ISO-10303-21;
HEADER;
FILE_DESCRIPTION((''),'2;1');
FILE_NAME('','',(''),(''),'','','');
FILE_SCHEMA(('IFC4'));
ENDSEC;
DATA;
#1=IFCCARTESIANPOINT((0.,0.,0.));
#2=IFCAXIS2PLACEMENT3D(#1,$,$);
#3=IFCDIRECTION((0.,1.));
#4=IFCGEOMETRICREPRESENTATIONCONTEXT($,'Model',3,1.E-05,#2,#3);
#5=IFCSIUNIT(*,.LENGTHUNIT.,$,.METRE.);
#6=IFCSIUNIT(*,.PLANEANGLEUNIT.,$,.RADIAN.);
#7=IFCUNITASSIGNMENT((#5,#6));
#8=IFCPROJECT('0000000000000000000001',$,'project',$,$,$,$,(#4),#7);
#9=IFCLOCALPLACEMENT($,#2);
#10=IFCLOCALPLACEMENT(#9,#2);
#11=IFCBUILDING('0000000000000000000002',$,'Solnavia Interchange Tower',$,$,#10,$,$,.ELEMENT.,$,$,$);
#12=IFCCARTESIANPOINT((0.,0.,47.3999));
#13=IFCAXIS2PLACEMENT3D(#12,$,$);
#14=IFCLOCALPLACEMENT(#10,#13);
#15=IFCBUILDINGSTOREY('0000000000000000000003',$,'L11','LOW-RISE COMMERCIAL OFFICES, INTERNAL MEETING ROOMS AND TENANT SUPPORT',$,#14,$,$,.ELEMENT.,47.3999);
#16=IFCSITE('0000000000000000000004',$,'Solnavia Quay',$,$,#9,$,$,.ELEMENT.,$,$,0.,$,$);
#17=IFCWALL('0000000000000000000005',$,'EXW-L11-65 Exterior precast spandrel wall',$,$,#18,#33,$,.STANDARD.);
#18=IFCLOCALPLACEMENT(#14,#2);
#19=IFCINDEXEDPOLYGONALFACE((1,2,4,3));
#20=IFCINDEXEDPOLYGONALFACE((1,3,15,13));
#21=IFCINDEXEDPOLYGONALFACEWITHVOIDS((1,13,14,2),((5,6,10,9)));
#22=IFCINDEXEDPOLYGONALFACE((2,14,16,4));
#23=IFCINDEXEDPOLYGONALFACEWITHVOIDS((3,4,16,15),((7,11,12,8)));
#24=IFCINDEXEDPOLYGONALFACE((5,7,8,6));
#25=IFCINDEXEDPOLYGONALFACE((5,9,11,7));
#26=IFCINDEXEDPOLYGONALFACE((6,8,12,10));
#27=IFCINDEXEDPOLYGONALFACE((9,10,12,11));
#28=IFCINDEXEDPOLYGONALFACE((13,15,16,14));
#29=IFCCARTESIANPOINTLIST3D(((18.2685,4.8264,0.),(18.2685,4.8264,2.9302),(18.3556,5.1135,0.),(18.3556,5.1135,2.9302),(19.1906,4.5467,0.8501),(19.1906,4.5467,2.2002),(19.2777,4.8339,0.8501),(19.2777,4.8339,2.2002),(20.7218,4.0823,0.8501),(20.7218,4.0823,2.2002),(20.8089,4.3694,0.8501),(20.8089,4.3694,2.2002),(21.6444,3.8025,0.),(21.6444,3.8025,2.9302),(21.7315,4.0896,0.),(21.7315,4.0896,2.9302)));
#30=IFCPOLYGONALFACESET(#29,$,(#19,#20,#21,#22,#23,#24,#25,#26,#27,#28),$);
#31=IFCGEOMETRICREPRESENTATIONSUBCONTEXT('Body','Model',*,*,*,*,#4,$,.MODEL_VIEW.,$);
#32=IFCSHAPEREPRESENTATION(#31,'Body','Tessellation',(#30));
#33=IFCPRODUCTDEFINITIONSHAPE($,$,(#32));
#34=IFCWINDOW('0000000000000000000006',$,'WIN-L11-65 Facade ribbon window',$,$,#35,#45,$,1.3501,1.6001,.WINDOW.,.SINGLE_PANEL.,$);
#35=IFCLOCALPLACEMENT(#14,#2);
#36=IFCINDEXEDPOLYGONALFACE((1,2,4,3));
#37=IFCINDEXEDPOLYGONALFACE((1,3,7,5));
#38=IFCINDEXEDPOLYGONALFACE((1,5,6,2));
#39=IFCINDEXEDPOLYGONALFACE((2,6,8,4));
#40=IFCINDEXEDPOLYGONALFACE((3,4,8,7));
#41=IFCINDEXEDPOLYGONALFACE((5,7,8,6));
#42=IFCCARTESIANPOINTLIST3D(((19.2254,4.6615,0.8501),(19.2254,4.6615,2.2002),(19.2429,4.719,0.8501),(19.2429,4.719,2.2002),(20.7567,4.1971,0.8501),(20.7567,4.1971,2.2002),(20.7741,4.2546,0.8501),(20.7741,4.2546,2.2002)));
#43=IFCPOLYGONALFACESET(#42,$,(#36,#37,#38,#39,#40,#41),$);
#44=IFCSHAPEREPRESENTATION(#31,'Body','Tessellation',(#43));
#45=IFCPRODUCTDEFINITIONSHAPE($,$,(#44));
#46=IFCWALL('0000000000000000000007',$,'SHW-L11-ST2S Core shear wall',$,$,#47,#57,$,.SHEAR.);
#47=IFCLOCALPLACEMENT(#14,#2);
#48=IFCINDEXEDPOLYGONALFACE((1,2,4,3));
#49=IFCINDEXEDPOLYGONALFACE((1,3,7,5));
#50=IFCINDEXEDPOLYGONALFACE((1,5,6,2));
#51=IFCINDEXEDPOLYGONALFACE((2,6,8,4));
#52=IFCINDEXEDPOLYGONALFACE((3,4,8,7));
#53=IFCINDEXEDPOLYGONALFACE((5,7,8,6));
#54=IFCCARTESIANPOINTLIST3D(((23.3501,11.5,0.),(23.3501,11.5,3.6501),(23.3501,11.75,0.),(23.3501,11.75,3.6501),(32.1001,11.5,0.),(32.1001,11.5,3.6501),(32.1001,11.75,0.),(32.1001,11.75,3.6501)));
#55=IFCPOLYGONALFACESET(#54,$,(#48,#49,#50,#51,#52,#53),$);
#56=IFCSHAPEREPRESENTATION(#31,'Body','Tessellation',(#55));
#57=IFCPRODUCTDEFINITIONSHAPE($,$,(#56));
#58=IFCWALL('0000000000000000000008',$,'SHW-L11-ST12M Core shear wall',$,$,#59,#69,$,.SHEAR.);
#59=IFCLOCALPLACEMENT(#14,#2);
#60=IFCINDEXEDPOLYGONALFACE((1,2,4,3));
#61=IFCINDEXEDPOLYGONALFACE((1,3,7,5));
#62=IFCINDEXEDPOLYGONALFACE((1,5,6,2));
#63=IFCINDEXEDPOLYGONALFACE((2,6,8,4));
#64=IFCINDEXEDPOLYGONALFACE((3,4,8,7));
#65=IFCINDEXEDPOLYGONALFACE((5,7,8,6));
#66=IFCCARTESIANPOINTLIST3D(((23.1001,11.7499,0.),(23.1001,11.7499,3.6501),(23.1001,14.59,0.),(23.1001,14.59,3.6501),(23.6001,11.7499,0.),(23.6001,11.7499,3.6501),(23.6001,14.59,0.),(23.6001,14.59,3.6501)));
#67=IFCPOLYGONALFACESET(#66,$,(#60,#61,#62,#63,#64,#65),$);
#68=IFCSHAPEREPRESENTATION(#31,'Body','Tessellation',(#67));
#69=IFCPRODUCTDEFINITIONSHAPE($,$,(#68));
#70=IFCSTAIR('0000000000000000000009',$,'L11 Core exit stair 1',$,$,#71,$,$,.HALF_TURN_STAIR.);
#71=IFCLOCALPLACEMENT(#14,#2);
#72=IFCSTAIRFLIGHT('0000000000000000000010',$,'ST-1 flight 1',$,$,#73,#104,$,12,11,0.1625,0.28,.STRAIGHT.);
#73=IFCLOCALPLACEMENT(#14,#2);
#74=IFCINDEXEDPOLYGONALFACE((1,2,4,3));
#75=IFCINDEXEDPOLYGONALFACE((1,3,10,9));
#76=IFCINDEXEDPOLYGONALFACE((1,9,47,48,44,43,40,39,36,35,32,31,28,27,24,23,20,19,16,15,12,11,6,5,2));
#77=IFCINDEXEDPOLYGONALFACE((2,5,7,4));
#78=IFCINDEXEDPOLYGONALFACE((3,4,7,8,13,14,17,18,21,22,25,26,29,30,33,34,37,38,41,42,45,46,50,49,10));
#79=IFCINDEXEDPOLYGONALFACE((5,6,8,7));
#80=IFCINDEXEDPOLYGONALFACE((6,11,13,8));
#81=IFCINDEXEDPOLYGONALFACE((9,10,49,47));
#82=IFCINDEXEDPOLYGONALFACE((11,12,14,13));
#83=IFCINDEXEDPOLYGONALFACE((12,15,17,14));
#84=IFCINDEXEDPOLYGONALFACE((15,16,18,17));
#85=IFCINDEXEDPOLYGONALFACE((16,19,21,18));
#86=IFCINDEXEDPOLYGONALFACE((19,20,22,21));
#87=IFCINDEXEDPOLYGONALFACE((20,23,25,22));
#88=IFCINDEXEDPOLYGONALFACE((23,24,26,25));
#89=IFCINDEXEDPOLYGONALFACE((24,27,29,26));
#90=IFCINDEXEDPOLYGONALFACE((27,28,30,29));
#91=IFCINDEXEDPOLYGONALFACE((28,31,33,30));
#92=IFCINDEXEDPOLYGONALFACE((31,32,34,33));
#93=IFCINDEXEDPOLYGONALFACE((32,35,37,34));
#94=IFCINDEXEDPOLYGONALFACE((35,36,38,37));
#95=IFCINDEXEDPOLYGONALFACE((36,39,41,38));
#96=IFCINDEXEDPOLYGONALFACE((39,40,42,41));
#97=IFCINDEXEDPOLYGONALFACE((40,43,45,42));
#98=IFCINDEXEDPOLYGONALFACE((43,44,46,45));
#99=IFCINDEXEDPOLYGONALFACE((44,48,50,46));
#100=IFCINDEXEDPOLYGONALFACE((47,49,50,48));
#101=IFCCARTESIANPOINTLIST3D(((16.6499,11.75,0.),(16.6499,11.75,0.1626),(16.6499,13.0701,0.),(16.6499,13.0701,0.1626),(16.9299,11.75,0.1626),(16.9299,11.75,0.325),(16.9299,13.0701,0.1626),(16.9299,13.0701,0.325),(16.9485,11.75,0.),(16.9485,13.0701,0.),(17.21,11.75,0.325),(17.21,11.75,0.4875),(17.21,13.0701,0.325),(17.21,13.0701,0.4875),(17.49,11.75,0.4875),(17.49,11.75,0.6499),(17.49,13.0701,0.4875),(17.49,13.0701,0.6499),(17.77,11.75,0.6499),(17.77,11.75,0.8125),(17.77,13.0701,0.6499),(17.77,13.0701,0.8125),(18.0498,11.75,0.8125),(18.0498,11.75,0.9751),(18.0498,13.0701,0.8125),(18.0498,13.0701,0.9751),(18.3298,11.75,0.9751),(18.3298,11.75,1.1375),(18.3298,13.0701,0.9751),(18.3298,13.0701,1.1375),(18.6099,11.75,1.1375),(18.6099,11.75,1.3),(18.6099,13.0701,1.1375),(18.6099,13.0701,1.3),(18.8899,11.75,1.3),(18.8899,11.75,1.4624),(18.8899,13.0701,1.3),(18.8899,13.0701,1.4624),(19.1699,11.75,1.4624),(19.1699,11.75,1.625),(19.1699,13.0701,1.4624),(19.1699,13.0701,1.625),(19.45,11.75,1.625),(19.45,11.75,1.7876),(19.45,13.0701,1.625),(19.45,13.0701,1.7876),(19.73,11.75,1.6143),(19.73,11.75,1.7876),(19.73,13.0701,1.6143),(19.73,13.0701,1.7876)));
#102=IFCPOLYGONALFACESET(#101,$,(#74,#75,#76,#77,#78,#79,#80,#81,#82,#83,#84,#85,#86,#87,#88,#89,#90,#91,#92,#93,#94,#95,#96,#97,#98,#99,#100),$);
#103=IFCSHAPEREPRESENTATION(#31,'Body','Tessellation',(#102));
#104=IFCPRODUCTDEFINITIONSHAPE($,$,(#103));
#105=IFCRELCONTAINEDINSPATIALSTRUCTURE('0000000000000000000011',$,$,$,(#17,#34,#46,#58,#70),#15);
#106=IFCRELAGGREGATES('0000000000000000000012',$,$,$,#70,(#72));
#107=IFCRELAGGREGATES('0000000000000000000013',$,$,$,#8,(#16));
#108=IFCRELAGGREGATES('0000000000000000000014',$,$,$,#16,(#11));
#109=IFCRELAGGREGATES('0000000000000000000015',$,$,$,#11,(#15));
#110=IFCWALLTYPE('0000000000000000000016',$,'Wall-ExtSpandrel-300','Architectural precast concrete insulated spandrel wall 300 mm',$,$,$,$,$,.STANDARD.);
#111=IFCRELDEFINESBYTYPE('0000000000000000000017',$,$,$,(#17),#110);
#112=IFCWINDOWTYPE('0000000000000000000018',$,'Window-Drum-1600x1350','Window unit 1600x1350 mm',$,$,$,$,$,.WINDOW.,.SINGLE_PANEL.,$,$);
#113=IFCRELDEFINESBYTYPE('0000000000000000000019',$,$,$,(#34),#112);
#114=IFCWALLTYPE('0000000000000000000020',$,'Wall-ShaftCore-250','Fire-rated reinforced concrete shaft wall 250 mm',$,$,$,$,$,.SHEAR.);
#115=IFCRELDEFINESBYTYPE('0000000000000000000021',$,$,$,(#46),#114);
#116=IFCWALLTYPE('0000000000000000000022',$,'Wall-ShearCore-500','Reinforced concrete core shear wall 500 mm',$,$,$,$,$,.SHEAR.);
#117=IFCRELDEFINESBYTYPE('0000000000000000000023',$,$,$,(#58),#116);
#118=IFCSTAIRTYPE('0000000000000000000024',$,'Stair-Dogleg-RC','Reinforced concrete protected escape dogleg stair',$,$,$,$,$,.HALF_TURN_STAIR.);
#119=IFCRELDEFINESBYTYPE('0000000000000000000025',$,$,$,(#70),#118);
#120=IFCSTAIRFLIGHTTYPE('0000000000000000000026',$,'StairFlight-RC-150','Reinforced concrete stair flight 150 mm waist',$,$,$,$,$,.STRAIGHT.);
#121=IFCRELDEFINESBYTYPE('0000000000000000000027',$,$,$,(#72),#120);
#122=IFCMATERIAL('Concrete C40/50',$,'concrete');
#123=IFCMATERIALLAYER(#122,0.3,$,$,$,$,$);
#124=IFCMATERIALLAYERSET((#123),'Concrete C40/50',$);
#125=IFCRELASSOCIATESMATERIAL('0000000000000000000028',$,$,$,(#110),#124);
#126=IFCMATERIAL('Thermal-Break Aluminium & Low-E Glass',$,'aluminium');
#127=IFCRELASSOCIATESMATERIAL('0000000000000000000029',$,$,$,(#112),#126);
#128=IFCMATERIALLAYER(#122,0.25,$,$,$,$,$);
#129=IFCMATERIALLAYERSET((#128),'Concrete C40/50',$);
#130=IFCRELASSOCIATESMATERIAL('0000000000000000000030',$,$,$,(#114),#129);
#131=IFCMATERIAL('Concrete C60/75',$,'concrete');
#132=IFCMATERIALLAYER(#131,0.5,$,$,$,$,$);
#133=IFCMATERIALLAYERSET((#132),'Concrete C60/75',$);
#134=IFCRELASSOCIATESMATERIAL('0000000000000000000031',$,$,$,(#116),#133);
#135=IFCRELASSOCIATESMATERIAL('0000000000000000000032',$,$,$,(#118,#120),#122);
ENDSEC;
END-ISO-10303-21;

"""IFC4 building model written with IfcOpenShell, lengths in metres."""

from ifc_helpers import new_model, si_unit, direction, frame, frame_2d, origin, place, context, subcontext, project, spatial, polyline, rectangle, outline, extrude, material, layer, layer_set, type_object, element, fill, aggregate, save


model = new_model("IFC4")

# Units and contexts
model_context = context("Model", 3, precision=1e-05, world=origin(), true_north=direction((0.0, 1.0)))
body_context = subcontext(model_context, "Body", "Model", "MODEL_VIEW")
ifc_project = project(units=[si_unit("LENGTHUNIT", "METRE"), si_unit("PLANEANGLEUNIT", "RADIAN")], contexts=[model_context])

# Site, building, storey
site_placement = place(None, origin())
site = spatial("IfcSite", under=ifc_project, at=site_placement, Name="Solnavia Quay", CompositionType="ELEMENT", RefElevation=0.0)
building_placement = place(site_placement, origin())
building = spatial("IfcBuilding", under=site, at=building_placement, Name="Solnavia Interchange Tower", CompositionType="ELEMENT")
storey_placement = place(building_placement, frame((0.0, 0.0, 47.3999)))
storey = spatial("IfcBuildingStorey", under=building, at=storey_placement, Name="L11", Description="LOW-RISE COMMERCIAL OFFICES, INTERNAL MEETING ROOMS AND TENANT SUPPORT", CompositionType="ELEMENT", Elevation=47.3999)

# Shared definitions
ifc_material_1 = material(Name="Concrete C60/75", Category="concrete")

# Wall, opening, window
ifc_material_2 = material(Name="Concrete C40/50", Category="concrete")
ifc_layer_1 = layer(ifc_material_2, 0.3)
ifc_layer_set_1 = layer_set([ifc_layer_1], Name="Concrete C40/50")
wall_type_1 = type_object("IfcWallType", Name="Wall-ExtSpandrel-300", Description="Architectural precast concrete insulated spandrel wall 300 mm", PredefinedType="STANDARD", material=ifc_layer_set_1)
ifc_material_3 = material(Name="Thermal-Break Aluminium & Low-E Glass", Category="aluminium")
window_type = type_object("IfcWindowType", Name="Window-Drum-1600x1350", Description="Window unit 1600x1350 mm", PartitioningType="SINGLE_PANEL", PredefinedType="WINDOW", material=ifc_material_3)
wall_1_placement = place(storey_placement, frame((21.688, 3.946, 0.0), z_axis=(0.0, 0.0, 1.0), x_axis=(-0.956953, 0.290242, 0.0)))
wall_1 = element("IfcWall", 1, at=wall_1_placement, inside=storey, type_object=wall_type_1, Name="EXW-L11-65 Exterior precast spandrel wall", PredefinedType="STANDARD", context=body_context, shape_type="SweptSolid", body=[
    extrude(rectangle(XDim=3.5278, YDim=0.3, at=frame_2d((1.7639, 0.0))), origin(), (0.0, 0.0, 1.0), 2.9302),
])
opening_1_placement = place(wall_1_placement, frame((0.9641, 0.0, 0.8501)))
opening_1 = element("IfcOpeningElement", 2, at=opening_1_placement, cuts=wall_1, PredefinedType="OPENING", context=body_context, shape_type="SweptSolid", body=[
    extrude(rectangle(XDim=1.6001, YDim=1.3501, at=frame_2d((0.8, 0.675))), frame((0.0, 0.1602, 0.0), z_axis=(0.0, -1.0, 0.0), x_axis=(1.0, 0.0, 0.0)), (0.0, 0.0, 1.0), 0.3201),
])
window_1_placement = place(opening_1_placement, origin())
window_1 = element("IfcWindow", 3, at=window_1_placement, inside=storey, type_object=window_type, Name="WIN-L11-65 Facade ribbon window", OverallHeight=1.3501, OverallWidth=1.6001, PartitioningType="SINGLE_PANEL", PredefinedType="WINDOW", context=body_context, shape_type="SweptSolid", body=[
    extrude(rectangle(XDim=1.6001, YDim=1.3501, at=frame_2d((0.8, 0.675))), frame((0.0, 0.03, 0.0), z_axis=(0.0, -1.0, 0.0), x_axis=(1.0, 0.0, 0.0)), (0.0, 0.0, 1.0), 0.0601),
])
fill(opening_1, window_1)

# Walls
ifc_layer_2 = layer(ifc_material_2, 0.25)
ifc_layer_set_2 = layer_set([ifc_layer_2], Name="Concrete C40/50")
wall_type_2 = type_object("IfcWallType", Name="Wall-ShaftCore-250", Description="Fire-rated reinforced concrete shaft wall 250 mm", PredefinedType="SHEAR", material=ifc_layer_set_2)
wall_2_placement = place(storey_placement, frame((23.3501, 11.625, 0.0), z_axis=(0.0, 0.0, 1.0), x_axis=(1.0, 0.0, 0.0)))
element("IfcWall", 4, at=wall_2_placement, inside=storey, type_object=wall_type_2, Name="SHW-L11-ST2S Core shear wall", PredefinedType="SHEAR", context=body_context, shape_type="SweptSolid", body=[
    extrude(rectangle(XDim=8.75, YDim=0.25, at=frame_2d((4.375, 0.0))), origin(), (0.0, 0.0, 1.0), 3.6501),
])
ifc_layer_3 = layer(ifc_material_1, 0.5)
ifc_layer_set_3 = layer_set([ifc_layer_3], Name="Concrete C60/75")
wall_type_3 = type_object("IfcWallType", Name="Wall-ShearCore-500", Description="Reinforced concrete core shear wall 500 mm", PredefinedType="SHEAR", material=ifc_layer_set_3)
wall_3_placement = place(storey_placement, frame((23.3501, 11.75, 0.0), z_axis=(0.0, 0.0, 1.0), x_axis=(0.0, 1.0, 0.0)))
element("IfcWall", 5, at=wall_3_placement, inside=storey, type_object=wall_type_3, Name="SHW-L11-ST12M Core shear wall", PredefinedType="SHEAR", context=body_context, shape_type="SweptSolid", body=[
    extrude(rectangle(XDim=2.8401, YDim=0.5, at=frame_2d((1.4199, 0.0))), origin(), (0.0, 0.0, 1.0), 3.6501),
])

# Stair, stair flight
stair_type = type_object("IfcStairType", Name="Stair-Dogleg-RC", Description="Reinforced concrete protected escape dogleg stair", PredefinedType="HALF_TURN_STAIR", material=ifc_material_2)
stair_placement = place(storey_placement, origin())
stair = element("IfcStair", 6, at=stair_placement, inside=storey, type_object=stair_type, Name="L11 Core exit stair 1", PredefinedType="HALF_TURN_STAIR")
stair_flight_type = type_object("IfcStairFlightType", Name="StairFlight-RC-150", Description="Reinforced concrete stair flight 150 mm waist", PredefinedType="STRAIGHT", material=ifc_material_2)
stair_flight_placement = place(storey_placement, frame((16.6499, 12.4099, 0.0), z_axis=(0.0, 0.0, 1.0), x_axis=(1.0, 0.0, 0.0)))
stair_flight = element("IfcStairFlight", 7, at=stair_flight_placement, type_object=stair_flight_type, Name="ST-1 flight 1", NumberOfRisers=12, NumberOfTreads=11, PredefinedType="STRAIGHT", RiserHeight=0.1625, TreadLength=0.28, context=body_context, shape_type="SweptSolid", body=[
    extrude(outline(polyline([(0.0, 0.0), (0.0, 0.1626), (0.28, 0.1626), (0.28, 0.325), (0.5601, 0.325), (0.5601, 0.4875), (0.8401, 0.4875), (0.8401, 0.6499), (1.1201, 0.6499), (1.1201, 0.8125), (1.3999, 0.8125), (1.3999, 0.9751), (1.6799, 0.9751), (1.6799, 1.1375), (1.96, 1.1375), (1.96, 1.3), (2.24, 1.3), (2.24, 1.4624), (2.52, 1.4624), (2.52, 1.625), (2.8, 1.625), (2.8, 1.7876), (3.0801, 1.7876), (3.0801, 1.95), (3.0801, 1.6143), (0.2986, 0.0), (0.0, 0.0)])), frame((0.0, 0.6602, 0.0), z_axis=(0.0, -1.0, 0.0), x_axis=(1.0, 0.0, 0.0)), (0.0, 0.0, 1.0), 1.3201),
])
aggregate(stair, [stair_flight])

save(model, "model.ifc")
